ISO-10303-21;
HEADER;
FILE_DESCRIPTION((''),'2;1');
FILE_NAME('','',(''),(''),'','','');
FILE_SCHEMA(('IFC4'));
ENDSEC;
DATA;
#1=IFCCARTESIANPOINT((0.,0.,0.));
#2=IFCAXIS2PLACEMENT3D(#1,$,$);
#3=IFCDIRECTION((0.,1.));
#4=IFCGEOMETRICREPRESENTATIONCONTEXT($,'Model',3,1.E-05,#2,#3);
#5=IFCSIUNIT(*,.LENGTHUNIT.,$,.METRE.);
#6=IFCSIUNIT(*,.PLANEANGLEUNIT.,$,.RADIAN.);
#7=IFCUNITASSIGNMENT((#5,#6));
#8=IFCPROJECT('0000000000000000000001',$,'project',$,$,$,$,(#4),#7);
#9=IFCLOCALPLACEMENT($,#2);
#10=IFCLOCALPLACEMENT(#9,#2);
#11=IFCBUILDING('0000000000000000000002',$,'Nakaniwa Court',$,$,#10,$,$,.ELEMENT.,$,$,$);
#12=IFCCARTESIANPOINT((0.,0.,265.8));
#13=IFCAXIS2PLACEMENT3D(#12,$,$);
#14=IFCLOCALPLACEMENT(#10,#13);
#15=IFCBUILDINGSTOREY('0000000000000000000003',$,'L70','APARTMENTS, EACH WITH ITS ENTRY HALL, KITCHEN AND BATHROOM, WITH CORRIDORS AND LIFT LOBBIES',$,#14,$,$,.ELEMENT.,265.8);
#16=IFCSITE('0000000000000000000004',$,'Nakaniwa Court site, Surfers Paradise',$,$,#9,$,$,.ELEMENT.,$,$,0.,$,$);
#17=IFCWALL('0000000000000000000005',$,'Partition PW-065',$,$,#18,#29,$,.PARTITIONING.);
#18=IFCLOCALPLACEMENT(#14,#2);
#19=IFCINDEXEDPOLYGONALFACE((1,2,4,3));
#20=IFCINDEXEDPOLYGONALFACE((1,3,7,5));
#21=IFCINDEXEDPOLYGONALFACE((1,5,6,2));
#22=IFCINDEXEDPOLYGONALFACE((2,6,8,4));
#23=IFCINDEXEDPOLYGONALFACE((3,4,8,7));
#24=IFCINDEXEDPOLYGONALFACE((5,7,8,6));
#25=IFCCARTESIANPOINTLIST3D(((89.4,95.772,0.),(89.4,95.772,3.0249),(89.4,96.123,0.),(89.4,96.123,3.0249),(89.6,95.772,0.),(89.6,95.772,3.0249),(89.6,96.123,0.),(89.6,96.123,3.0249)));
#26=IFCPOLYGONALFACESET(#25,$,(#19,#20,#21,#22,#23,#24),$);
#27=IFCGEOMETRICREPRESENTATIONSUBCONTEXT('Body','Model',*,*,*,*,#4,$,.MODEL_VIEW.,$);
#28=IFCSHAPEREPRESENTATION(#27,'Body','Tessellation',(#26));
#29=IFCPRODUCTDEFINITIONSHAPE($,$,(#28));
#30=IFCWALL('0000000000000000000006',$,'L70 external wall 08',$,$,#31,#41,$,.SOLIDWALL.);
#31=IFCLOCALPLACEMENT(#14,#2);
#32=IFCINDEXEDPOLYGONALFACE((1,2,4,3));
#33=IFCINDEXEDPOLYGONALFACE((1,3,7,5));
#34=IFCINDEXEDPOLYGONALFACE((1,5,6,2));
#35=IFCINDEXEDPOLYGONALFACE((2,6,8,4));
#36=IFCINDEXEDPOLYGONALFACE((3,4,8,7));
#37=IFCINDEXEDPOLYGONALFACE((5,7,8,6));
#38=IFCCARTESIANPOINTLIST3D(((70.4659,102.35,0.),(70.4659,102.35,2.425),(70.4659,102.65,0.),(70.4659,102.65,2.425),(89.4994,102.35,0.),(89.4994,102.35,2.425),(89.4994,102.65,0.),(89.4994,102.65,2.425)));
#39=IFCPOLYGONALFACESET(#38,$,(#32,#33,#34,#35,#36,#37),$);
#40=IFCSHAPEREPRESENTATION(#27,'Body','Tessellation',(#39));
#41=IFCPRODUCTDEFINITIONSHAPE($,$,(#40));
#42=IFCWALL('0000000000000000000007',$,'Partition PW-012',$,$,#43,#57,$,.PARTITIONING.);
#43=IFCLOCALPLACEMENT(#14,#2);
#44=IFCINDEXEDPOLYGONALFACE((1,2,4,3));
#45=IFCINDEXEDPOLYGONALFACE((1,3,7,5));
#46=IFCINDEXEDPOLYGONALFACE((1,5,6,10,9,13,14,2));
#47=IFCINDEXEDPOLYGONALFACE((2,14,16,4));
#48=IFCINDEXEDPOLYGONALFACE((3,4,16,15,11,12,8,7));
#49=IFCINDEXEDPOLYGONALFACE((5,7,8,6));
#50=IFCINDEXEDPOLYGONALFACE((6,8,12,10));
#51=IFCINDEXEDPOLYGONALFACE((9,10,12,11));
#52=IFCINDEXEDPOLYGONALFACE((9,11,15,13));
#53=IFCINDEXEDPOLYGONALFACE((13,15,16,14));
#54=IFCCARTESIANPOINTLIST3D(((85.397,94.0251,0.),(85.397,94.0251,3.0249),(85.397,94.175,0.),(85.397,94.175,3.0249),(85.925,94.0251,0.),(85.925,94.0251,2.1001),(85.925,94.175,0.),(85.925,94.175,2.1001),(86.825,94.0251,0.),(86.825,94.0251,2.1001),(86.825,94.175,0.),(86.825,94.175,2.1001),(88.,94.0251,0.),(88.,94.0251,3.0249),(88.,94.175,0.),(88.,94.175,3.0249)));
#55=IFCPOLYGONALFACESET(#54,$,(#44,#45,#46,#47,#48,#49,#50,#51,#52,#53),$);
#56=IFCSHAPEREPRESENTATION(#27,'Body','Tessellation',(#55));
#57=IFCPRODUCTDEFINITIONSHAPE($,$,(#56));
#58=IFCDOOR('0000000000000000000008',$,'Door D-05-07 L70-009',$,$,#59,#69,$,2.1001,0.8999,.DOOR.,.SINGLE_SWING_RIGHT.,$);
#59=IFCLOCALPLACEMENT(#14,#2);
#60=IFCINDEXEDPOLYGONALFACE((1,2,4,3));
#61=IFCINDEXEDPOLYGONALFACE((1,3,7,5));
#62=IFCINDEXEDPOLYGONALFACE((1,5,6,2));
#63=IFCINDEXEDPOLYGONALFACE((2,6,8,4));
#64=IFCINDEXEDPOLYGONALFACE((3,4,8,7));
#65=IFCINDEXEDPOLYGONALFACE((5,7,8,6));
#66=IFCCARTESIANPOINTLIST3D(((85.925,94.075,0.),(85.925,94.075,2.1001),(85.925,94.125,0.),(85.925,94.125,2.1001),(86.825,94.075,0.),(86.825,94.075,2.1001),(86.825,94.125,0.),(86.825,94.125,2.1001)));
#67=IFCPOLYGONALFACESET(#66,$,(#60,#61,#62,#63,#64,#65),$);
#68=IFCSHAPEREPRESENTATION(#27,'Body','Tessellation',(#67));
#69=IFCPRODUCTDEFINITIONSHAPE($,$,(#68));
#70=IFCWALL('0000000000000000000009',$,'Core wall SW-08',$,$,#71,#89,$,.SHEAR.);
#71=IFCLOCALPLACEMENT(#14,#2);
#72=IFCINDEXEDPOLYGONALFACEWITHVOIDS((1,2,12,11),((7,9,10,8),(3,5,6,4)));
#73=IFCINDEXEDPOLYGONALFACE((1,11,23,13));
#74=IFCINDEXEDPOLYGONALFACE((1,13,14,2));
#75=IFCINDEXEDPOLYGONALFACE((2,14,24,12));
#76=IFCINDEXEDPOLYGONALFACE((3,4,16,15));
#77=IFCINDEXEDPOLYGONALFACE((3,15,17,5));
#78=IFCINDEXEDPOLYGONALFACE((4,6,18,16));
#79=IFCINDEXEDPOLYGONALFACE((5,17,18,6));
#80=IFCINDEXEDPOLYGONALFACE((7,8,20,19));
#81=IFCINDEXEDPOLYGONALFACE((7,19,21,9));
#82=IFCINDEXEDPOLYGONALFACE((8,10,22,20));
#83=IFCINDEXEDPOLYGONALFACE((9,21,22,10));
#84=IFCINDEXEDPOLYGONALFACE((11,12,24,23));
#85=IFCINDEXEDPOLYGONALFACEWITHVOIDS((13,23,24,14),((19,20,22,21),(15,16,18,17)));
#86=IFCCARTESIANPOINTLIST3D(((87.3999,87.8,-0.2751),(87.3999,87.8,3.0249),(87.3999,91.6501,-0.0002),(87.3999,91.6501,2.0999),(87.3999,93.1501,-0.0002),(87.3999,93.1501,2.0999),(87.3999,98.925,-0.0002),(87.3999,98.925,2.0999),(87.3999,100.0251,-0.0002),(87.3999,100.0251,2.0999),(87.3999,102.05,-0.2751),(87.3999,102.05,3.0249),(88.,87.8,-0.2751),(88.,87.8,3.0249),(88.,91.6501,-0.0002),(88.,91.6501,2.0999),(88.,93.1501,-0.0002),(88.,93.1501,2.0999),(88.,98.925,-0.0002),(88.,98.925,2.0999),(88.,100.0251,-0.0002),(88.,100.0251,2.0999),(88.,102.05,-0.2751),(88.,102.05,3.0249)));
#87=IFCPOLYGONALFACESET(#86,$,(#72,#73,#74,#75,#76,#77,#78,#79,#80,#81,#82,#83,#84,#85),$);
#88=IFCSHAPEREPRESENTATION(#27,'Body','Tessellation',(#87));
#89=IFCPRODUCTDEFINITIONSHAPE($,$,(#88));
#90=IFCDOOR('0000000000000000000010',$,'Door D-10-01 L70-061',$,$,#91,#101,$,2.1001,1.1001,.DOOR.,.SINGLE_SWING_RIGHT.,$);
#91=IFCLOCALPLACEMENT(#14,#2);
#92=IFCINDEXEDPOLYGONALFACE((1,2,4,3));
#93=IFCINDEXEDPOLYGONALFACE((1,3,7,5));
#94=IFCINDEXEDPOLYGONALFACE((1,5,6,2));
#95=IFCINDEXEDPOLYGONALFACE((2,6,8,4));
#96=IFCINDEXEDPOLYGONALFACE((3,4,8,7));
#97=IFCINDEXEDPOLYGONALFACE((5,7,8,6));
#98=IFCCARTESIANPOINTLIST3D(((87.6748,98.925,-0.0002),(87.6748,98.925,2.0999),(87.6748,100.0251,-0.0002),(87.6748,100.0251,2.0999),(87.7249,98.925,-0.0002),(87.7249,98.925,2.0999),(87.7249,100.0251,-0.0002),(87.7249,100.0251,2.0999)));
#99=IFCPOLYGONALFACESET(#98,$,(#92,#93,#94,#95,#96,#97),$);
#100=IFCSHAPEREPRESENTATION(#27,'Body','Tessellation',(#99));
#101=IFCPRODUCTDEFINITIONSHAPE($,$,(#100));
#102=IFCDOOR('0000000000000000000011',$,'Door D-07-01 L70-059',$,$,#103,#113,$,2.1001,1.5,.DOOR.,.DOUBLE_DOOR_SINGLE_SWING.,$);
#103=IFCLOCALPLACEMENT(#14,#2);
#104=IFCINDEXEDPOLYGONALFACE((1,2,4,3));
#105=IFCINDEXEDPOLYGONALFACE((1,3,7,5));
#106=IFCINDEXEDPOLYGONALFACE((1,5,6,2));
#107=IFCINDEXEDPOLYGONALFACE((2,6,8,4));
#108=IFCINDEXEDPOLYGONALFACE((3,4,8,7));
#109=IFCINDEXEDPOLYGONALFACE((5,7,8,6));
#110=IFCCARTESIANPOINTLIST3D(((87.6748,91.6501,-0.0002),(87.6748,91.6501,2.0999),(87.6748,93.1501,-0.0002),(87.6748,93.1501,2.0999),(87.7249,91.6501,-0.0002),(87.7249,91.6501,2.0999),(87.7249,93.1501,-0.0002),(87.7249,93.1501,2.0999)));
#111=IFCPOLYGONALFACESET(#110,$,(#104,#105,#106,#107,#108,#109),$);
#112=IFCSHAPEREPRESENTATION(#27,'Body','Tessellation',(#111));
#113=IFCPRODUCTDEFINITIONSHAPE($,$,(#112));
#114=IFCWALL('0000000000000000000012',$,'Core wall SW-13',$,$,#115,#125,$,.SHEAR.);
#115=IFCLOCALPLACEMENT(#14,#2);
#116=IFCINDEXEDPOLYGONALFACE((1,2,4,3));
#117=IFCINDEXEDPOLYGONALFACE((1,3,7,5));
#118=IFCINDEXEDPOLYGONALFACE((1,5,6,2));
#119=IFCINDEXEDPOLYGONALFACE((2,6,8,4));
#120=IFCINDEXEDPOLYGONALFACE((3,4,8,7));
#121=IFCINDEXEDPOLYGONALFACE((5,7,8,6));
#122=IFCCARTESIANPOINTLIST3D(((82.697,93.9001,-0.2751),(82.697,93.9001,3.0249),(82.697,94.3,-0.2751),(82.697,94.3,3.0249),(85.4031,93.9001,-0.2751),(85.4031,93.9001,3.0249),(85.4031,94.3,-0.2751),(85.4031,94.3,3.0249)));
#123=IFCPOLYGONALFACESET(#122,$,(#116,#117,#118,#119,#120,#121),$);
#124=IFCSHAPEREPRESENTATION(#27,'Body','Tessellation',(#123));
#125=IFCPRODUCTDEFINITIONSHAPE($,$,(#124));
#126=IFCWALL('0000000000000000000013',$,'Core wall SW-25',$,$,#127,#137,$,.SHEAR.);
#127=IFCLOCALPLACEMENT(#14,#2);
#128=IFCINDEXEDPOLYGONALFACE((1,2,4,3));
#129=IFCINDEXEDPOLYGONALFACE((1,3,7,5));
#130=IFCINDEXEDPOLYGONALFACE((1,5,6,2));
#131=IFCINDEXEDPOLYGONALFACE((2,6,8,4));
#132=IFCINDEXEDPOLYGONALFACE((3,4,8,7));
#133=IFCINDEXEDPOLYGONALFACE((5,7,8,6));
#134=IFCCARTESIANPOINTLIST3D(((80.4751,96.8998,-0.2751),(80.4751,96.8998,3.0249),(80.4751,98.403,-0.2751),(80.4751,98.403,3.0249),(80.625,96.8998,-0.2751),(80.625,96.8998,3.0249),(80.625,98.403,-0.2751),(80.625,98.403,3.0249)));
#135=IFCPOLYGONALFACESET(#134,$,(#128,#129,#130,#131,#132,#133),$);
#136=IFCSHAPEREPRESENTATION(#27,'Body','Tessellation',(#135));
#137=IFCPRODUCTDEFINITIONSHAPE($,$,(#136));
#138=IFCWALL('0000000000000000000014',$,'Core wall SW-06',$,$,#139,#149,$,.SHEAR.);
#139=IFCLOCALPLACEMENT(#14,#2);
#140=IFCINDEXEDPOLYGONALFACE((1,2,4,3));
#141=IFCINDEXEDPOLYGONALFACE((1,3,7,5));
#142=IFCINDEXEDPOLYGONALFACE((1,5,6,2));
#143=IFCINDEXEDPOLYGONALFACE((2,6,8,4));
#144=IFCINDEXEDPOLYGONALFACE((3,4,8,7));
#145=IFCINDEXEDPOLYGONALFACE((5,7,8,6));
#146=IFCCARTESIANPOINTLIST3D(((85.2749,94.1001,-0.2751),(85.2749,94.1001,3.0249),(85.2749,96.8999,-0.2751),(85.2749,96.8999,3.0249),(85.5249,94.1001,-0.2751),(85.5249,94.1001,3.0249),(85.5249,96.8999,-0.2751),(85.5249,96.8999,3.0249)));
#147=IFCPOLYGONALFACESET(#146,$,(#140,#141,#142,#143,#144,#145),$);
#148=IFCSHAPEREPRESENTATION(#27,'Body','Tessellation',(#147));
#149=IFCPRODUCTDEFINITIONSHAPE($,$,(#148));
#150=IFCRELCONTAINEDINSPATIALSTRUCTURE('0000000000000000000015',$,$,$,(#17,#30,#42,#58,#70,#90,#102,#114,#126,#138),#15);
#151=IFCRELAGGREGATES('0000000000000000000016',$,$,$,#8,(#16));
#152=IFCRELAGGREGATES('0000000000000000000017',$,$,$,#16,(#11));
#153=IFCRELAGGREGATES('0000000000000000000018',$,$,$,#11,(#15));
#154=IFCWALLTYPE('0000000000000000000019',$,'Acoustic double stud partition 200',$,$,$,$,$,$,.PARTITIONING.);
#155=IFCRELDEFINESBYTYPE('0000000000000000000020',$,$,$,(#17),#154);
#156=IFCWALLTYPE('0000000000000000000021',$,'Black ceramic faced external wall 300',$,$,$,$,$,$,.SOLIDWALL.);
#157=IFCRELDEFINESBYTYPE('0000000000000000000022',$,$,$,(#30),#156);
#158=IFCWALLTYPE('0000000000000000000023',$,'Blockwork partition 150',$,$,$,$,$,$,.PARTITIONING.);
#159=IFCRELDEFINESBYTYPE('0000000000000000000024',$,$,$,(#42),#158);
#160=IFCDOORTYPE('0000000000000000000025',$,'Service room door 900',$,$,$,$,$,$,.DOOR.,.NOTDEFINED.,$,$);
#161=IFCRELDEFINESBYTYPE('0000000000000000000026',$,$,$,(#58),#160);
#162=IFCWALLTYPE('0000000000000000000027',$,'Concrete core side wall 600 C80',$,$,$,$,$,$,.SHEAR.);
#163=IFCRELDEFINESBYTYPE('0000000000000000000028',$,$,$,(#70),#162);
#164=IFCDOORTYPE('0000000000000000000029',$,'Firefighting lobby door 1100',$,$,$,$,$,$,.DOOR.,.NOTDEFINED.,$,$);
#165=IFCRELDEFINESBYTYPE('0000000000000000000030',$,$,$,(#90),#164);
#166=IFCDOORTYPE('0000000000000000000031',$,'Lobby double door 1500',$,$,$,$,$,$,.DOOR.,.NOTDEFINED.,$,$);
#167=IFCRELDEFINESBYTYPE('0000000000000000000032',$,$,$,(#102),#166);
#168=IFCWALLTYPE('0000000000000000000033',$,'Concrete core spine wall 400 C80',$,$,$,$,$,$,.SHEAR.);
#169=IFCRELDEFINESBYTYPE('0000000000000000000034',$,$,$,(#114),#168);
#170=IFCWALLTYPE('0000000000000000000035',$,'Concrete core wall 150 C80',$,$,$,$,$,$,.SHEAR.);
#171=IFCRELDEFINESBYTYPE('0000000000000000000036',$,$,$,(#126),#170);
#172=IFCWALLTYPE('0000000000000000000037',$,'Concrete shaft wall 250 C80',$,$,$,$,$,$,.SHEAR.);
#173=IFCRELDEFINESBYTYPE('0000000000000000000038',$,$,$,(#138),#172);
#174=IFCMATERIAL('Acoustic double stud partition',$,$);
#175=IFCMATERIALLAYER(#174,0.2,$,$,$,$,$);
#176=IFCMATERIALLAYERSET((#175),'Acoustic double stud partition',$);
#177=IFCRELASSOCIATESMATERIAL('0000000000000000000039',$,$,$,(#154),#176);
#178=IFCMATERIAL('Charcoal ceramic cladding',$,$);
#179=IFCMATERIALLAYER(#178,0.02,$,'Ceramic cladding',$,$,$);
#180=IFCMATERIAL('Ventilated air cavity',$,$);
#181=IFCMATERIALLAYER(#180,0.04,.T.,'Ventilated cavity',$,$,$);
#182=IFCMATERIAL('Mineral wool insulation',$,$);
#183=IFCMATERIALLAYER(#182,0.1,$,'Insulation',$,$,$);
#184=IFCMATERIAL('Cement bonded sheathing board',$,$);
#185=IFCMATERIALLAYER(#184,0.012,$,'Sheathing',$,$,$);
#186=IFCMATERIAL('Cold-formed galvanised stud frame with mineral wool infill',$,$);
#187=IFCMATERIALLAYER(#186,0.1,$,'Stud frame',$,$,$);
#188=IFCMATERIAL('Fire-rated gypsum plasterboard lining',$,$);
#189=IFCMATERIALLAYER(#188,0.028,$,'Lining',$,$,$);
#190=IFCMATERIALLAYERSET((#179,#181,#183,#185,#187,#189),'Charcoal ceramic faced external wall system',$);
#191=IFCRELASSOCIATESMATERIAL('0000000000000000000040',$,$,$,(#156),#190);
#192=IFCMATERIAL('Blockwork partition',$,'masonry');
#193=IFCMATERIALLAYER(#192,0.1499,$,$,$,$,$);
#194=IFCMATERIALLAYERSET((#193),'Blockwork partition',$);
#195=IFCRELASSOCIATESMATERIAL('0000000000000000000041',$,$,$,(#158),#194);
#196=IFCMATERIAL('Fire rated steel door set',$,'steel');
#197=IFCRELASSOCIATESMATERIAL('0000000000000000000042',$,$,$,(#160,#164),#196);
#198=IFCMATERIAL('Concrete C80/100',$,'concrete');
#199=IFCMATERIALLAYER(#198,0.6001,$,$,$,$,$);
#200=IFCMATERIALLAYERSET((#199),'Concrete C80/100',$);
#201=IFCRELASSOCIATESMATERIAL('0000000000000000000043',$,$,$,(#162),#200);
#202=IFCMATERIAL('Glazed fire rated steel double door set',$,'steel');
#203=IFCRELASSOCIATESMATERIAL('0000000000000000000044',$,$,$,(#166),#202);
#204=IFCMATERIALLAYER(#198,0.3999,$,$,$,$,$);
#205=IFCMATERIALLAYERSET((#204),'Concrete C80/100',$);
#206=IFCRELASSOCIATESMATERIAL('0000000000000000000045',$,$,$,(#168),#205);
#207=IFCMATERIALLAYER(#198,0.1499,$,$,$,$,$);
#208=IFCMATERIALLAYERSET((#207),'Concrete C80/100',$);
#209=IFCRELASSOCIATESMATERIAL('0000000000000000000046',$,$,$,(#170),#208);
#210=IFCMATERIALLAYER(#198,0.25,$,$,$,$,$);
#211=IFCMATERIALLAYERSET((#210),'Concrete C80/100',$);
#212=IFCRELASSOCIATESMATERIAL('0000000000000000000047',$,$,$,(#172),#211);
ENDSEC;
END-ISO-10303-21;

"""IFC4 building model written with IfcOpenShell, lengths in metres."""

from ifc_helpers import new_model, si_unit, direction, frame, frame_2d, origin, place, context, subcontext, project, spatial, rectangle, extrude, material, layer, layer_set, type_object, element, fill, save


model = new_model("IFC4")

# Units and contexts
model_context = context("Model", 3, precision=1e-05, world=origin(), true_north=direction((0.0, 1.0)))
body_context = subcontext(model_context, "Body", "Model", "MODEL_VIEW")
ifc_project = project(units=[si_unit("LENGTHUNIT", "METRE"), si_unit("PLANEANGLEUNIT", "RADIAN")], contexts=[model_context])

# Site, building, storey
site_placement = place(None, origin())
site = spatial("IfcSite", under=ifc_project, at=site_placement, Name="Nakaniwa Court site, Surfers Paradise", CompositionType="ELEMENT", RefElevation=0.0)
building_placement = place(site_placement, origin())
building = spatial("IfcBuilding", under=site, at=building_placement, Name="Nakaniwa Court", CompositionType="ELEMENT")
storey_placement = place(building_placement, frame((0.0, 0.0, 265.8)))
storey = spatial("IfcBuildingStorey", under=building, at=storey_placement, Name="L70", Description="APARTMENTS, EACH WITH ITS ENTRY HALL, KITCHEN AND BATHROOM, WITH CORRIDORS AND LIFT LOBBIES", CompositionType="ELEMENT", Elevation=265.8)

# Walls
ifc_material_1 = material(Name="Acoustic double stud partition")
ifc_layer_1 = layer(ifc_material_1, 0.2)
ifc_layer_set_1 = layer_set([ifc_layer_1], Name="Acoustic double stud partition")
wall_type_1 = type_object("IfcWallType", Name="Acoustic double stud partition 200", PredefinedType="PARTITIONING", material=ifc_layer_set_1)
wall_1_placement = place(storey_placement, frame((89.5, 95.772, 0.0), z_axis=(0.0, 0.0, 1.0), x_axis=(0.0, 1.0, 0.0)))
element("IfcWall", 1, at=wall_1_placement, inside=storey, type_object=wall_type_1, Name="Partition PW-065", PredefinedType="PARTITIONING", context=body_context, shape_type="SweptSolid", body=[
    extrude(rectangle(XDim=0.3511, YDim=0.2, at=frame_2d((0.1755, 0.0))), origin(), (0.0, 0.0, 1.0), 3.0249),
])
ifc_material_2 = material(Name="Charcoal ceramic cladding")
ifc_layer_2 = layer(ifc_material_2, 0.02, Name="Ceramic cladding")
ifc_material_3 = material(Name="Ventilated air cavity")
ifc_layer_3 = layer(ifc_material_3, 0.04, ventilated=True, Name="Ventilated cavity")
ifc_material_4 = material(Name="Mineral wool insulation")
ifc_layer_4 = layer(ifc_material_4, 0.1, Name="Insulation")
ifc_material_5 = material(Name="Cement bonded sheathing board")
ifc_layer_5 = layer(ifc_material_5, 0.012, Name="Sheathing")
ifc_material_6 = material(Name="Cold-formed galvanised stud frame with mineral wool infill")
ifc_layer_6 = layer(ifc_material_6, 0.1, Name="Stud frame")
ifc_material_7 = material(Name="Fire-rated gypsum plasterboard lining")
ifc_layer_7 = layer(ifc_material_7, 0.028, Name="Lining")
ifc_layer_set_2 = layer_set([ifc_layer_2, ifc_layer_3, ifc_layer_4, ifc_layer_5, ifc_layer_6, ifc_layer_7], Name="Charcoal ceramic faced external wall system")
wall_type_2 = type_object("IfcWallType", Name="Black ceramic faced external wall 300", PredefinedType="SOLIDWALL", material=ifc_layer_set_2)
wall_2_placement = place(storey_placement, frame((89.4993, 102.5, 0.0), z_axis=(0.0, 0.0, 1.0), x_axis=(-1.0, 0.0, 0.0)))
element("IfcWall", 2, at=wall_2_placement, inside=storey, type_object=wall_type_2, Name="L70 external wall 08", PredefinedType="SOLIDWALL", context=body_context, shape_type="SweptSolid", body=[
    extrude(rectangle(XDim=19.0334, YDim=0.3, at=frame_2d((9.5166, 0.0))), origin(), (0.0, 0.0, 1.0), 2.425),
])

# Wall, opening, door
ifc_material_8 = material(Name="Blockwork partition", Category="masonry")
ifc_layer_8 = layer(ifc_material_8, 0.1499)
ifc_layer_set_3 = layer_set([ifc_layer_8], Name="Blockwork partition")
wall_type_3 = type_object("IfcWallType", Name="Blockwork partition 150", PredefinedType="PARTITIONING", material=ifc_layer_set_3)
wall_3_placement = place(storey_placement, frame((85.397, 94.1001, 0.0), z_axis=(0.0, 0.0, 1.0), x_axis=(1.0, 0.0, 0.0)))
wall_3 = element("IfcWall", 3, at=wall_3_placement, inside=storey, type_object=wall_type_3, Name="Partition PW-012", PredefinedType="PARTITIONING", context=body_context, shape_type="SweptSolid", body=[
    extrude(rectangle(XDim=2.603, YDim=0.1499, at=frame_2d((1.3015, 0.0))), origin(), (0.0, 0.0, 1.0), 3.0249),
])
opening_1_placement = place(wall_3_placement, frame((0.5281, 0.0, 0.0)))
opening_1 = element("IfcOpeningElement", 4, at=opening_1_placement, cuts=wall_3, PredefinedType="OPENING", context=body_context, shape_type="SweptSolid", body=[
    extrude(rectangle(XDim=0.8999, YDim=2.1001, at=frame_2d((0.45, 1.05))), frame((0.0, 0.085, 0.0), z_axis=(0.0, -1.0, 0.0), x_axis=(1.0, 0.0, 0.0)), (0.0, 0.0, 1.0), 0.1699),
])
ifc_material_9 = material(Name="Fire rated steel door set", Category="steel")
door_type_1 = type_object("IfcDoorType", Name="Service room door 900", OperationType="NOTDEFINED", PredefinedType="DOOR", material=ifc_material_9)
door_1_placement = place(opening_1_placement, origin())
door_1 = element("IfcDoor", 5, at=door_1_placement, inside=storey, type_object=door_type_1, Name="Door D-05-07 L70-009", OperationType="SINGLE_SWING_RIGHT", OverallHeight=2.1001, OverallWidth=0.8999, PredefinedType="DOOR", context=body_context, shape_type="SweptSolid", body=[
    extrude(rectangle(XDim=0.8999, YDim=2.1001, at=frame_2d((0.45, 1.05))), frame((0.0, 0.0249, 0.0), z_axis=(0.0, -1.0, 0.0), x_axis=(1.0, 0.0, 0.0)), (0.0, 0.0, 1.0), 0.05),
])
fill(opening_1, door_1)

# Wall, openings, doors
ifc_material_10 = material(Name="Concrete C80/100", Category="concrete")
ifc_layer_9 = layer(ifc_material_10, 0.6001)
ifc_layer_set_4 = layer_set([ifc_layer_9], Name="Concrete C80/100")
wall_type_4 = type_object("IfcWallType", Name="Concrete core side wall 600 C80", PredefinedType="SHEAR", material=ifc_layer_set_4)
wall_4_placement = place(storey_placement, frame((87.7, 102.05, -0.2751), z_axis=(0.0, 0.0, 1.0), x_axis=(0.0, -1.0, 0.0)))
wall_4 = element("IfcWall", 6, at=wall_4_placement, inside=storey, type_object=wall_type_4, Name="Core wall SW-08", PredefinedType="SHEAR", context=body_context, shape_type="SweptSolid", body=[
    extrude(rectangle(XDim=14.25, YDim=0.6001, at=frame_2d((7.125, 0.0))), origin(), (0.0, 0.0, 1.0), 3.3),
])
opening_2_placement = place(wall_4_placement, frame((8.8999, 0.0, 0.2749)))
opening_2 = element("IfcOpeningElement", 7, at=opening_2_placement, cuts=wall_4, PredefinedType="OPENING", context=body_context, shape_type="SweptSolid", body=[
    extrude(rectangle(XDim=1.5, YDim=2.1001, at=frame_2d((0.75, 1.05))), frame((0.0, 0.3101, 0.0), z_axis=(0.0, -1.0, 0.0), x_axis=(1.0, 0.0, 0.0)), (0.0, 0.0, 1.0), 0.6201),
])
opening_3_placement = place(wall_4_placement, frame((2.0249, 0.0, 0.2749)))
opening_3 = element("IfcOpeningElement", 8, at=opening_3_placement, cuts=wall_4, PredefinedType="OPENING", context=body_context, shape_type="SweptSolid", body=[
    extrude(rectangle(XDim=1.1001, YDim=2.1001, at=frame_2d((0.55, 1.05))), frame((0.0, 0.3101, 0.0), z_axis=(0.0, -1.0, 0.0), x_axis=(1.0, 0.0, 0.0)), (0.0, 0.0, 1.0), 0.6201),
])
door_type_2 = type_object("IfcDoorType", Name="Firefighting lobby door 1100", OperationType="NOTDEFINED", PredefinedType="DOOR", material=ifc_material_9)
door_2_placement = place(opening_3_placement, origin())
door_2 = element("IfcDoor", 9, at=door_2_placement, inside=storey, type_object=door_type_2, Name="Door D-10-01 L70-061", OperationType="SINGLE_SWING_RIGHT", OverallHeight=2.1001, OverallWidth=1.1001, PredefinedType="DOOR", context=body_context, shape_type="SweptSolid", body=[
    extrude(rectangle(XDim=1.1001, YDim=2.1001, at=frame_2d((0.55, 1.05))), frame((0.0, 0.0249, 0.0), z_axis=(0.0, -1.0, 0.0), x_axis=(1.0, 0.0, 0.0)), (0.0, 0.0, 1.0), 0.05),
])
fill(opening_3, door_2)
ifc_material_11 = material(Name="Glazed fire rated steel double door set", Category="steel")
door_type_3 = type_object("IfcDoorType", Name="Lobby double door 1500", OperationType="NOTDEFINED", PredefinedType="DOOR", material=ifc_material_11)
door_3_placement = place(opening_2_placement, origin())
door_3 = element("IfcDoor", 10, at=door_3_placement, inside=storey, type_object=door_type_3, Name="Door D-07-01 L70-059", OperationType="DOUBLE_DOOR_SINGLE_SWING", OverallHeight=2.1001, OverallWidth=1.5, PredefinedType="DOOR", context=body_context, shape_type="SweptSolid", body=[
    extrude(rectangle(XDim=1.5, YDim=2.1001, at=frame_2d((0.75, 1.05))), frame((0.0, 0.0249, 0.0), z_axis=(0.0, -1.0, 0.0), x_axis=(1.0, 0.0, 0.0)), (0.0, 0.0, 1.0), 0.05),
])
fill(opening_2, door_3)

# Walls
ifc_layer_10 = layer(ifc_material_10, 0.3999)
ifc_layer_set_5 = layer_set([ifc_layer_10], Name="Concrete C80/100")
wall_type_5 = type_object("IfcWallType", Name="Concrete core spine wall 400 C80", PredefinedType="SHEAR", material=ifc_layer_set_5)
wall_5_placement = place(storey_placement, frame((82.697, 94.1001, -0.2751), z_axis=(0.0, 0.0, 1.0), x_axis=(1.0, 0.0, 0.0)))
element("IfcWall", 11, at=wall_5_placement, inside=storey, type_object=wall_type_5, Name="Core wall SW-13", PredefinedType="SHEAR", context=body_context, shape_type="SweptSolid", body=[
    extrude(rectangle(XDim=2.7061, YDim=0.3999, at=frame_2d((1.353, 0.0))), origin(), (0.0, 0.0, 1.0), 3.3),
])
ifc_layer_11 = layer(ifc_material_10, 0.1499)
ifc_layer_set_6 = layer_set([ifc_layer_11], Name="Concrete C80/100")
wall_type_6 = type_object("IfcWallType", Name="Concrete core wall 150 C80", PredefinedType="SHEAR", material=ifc_layer_set_6)
wall_6_placement = place(storey_placement, frame((80.55, 96.8999, -0.2751), z_axis=(0.0, 0.0, 1.0), x_axis=(0.0, 1.0, 0.0)))
element("IfcWall", 12, at=wall_6_placement, inside=storey, type_object=wall_type_6, Name="Core wall SW-25", PredefinedType="SHEAR", context=body_context, shape_type="SweptSolid", body=[
    extrude(rectangle(XDim=1.5032, YDim=0.1499, at=frame_2d((0.7515, 0.0))), origin(), (0.0, 0.0, 1.0), 3.3),
])
ifc_layer_12 = layer(ifc_material_10, 0.25)
ifc_layer_set_7 = layer_set([ifc_layer_12], Name="Concrete C80/100")
wall_type_7 = type_object("IfcWallType", Name="Concrete shaft wall 250 C80", PredefinedType="SHEAR", material=ifc_layer_set_7)
wall_7_placement = place(storey_placement, frame((85.3999, 94.1001, -0.2751), z_axis=(0.0, 0.0, 1.0), x_axis=(0.0, 1.0, 0.0)))
element("IfcWall", 13, at=wall_7_placement, inside=storey, type_object=wall_type_7, Name="Core wall SW-06", PredefinedType="SHEAR", context=body_context, shape_type="SweptSolid", body=[
    extrude(rectangle(XDim=2.7998, YDim=0.25, at=frame_2d((1.3999, 0.0))), origin(), (0.0, 0.0, 1.0), 3.3),
])

save(model, "model.ifc")
